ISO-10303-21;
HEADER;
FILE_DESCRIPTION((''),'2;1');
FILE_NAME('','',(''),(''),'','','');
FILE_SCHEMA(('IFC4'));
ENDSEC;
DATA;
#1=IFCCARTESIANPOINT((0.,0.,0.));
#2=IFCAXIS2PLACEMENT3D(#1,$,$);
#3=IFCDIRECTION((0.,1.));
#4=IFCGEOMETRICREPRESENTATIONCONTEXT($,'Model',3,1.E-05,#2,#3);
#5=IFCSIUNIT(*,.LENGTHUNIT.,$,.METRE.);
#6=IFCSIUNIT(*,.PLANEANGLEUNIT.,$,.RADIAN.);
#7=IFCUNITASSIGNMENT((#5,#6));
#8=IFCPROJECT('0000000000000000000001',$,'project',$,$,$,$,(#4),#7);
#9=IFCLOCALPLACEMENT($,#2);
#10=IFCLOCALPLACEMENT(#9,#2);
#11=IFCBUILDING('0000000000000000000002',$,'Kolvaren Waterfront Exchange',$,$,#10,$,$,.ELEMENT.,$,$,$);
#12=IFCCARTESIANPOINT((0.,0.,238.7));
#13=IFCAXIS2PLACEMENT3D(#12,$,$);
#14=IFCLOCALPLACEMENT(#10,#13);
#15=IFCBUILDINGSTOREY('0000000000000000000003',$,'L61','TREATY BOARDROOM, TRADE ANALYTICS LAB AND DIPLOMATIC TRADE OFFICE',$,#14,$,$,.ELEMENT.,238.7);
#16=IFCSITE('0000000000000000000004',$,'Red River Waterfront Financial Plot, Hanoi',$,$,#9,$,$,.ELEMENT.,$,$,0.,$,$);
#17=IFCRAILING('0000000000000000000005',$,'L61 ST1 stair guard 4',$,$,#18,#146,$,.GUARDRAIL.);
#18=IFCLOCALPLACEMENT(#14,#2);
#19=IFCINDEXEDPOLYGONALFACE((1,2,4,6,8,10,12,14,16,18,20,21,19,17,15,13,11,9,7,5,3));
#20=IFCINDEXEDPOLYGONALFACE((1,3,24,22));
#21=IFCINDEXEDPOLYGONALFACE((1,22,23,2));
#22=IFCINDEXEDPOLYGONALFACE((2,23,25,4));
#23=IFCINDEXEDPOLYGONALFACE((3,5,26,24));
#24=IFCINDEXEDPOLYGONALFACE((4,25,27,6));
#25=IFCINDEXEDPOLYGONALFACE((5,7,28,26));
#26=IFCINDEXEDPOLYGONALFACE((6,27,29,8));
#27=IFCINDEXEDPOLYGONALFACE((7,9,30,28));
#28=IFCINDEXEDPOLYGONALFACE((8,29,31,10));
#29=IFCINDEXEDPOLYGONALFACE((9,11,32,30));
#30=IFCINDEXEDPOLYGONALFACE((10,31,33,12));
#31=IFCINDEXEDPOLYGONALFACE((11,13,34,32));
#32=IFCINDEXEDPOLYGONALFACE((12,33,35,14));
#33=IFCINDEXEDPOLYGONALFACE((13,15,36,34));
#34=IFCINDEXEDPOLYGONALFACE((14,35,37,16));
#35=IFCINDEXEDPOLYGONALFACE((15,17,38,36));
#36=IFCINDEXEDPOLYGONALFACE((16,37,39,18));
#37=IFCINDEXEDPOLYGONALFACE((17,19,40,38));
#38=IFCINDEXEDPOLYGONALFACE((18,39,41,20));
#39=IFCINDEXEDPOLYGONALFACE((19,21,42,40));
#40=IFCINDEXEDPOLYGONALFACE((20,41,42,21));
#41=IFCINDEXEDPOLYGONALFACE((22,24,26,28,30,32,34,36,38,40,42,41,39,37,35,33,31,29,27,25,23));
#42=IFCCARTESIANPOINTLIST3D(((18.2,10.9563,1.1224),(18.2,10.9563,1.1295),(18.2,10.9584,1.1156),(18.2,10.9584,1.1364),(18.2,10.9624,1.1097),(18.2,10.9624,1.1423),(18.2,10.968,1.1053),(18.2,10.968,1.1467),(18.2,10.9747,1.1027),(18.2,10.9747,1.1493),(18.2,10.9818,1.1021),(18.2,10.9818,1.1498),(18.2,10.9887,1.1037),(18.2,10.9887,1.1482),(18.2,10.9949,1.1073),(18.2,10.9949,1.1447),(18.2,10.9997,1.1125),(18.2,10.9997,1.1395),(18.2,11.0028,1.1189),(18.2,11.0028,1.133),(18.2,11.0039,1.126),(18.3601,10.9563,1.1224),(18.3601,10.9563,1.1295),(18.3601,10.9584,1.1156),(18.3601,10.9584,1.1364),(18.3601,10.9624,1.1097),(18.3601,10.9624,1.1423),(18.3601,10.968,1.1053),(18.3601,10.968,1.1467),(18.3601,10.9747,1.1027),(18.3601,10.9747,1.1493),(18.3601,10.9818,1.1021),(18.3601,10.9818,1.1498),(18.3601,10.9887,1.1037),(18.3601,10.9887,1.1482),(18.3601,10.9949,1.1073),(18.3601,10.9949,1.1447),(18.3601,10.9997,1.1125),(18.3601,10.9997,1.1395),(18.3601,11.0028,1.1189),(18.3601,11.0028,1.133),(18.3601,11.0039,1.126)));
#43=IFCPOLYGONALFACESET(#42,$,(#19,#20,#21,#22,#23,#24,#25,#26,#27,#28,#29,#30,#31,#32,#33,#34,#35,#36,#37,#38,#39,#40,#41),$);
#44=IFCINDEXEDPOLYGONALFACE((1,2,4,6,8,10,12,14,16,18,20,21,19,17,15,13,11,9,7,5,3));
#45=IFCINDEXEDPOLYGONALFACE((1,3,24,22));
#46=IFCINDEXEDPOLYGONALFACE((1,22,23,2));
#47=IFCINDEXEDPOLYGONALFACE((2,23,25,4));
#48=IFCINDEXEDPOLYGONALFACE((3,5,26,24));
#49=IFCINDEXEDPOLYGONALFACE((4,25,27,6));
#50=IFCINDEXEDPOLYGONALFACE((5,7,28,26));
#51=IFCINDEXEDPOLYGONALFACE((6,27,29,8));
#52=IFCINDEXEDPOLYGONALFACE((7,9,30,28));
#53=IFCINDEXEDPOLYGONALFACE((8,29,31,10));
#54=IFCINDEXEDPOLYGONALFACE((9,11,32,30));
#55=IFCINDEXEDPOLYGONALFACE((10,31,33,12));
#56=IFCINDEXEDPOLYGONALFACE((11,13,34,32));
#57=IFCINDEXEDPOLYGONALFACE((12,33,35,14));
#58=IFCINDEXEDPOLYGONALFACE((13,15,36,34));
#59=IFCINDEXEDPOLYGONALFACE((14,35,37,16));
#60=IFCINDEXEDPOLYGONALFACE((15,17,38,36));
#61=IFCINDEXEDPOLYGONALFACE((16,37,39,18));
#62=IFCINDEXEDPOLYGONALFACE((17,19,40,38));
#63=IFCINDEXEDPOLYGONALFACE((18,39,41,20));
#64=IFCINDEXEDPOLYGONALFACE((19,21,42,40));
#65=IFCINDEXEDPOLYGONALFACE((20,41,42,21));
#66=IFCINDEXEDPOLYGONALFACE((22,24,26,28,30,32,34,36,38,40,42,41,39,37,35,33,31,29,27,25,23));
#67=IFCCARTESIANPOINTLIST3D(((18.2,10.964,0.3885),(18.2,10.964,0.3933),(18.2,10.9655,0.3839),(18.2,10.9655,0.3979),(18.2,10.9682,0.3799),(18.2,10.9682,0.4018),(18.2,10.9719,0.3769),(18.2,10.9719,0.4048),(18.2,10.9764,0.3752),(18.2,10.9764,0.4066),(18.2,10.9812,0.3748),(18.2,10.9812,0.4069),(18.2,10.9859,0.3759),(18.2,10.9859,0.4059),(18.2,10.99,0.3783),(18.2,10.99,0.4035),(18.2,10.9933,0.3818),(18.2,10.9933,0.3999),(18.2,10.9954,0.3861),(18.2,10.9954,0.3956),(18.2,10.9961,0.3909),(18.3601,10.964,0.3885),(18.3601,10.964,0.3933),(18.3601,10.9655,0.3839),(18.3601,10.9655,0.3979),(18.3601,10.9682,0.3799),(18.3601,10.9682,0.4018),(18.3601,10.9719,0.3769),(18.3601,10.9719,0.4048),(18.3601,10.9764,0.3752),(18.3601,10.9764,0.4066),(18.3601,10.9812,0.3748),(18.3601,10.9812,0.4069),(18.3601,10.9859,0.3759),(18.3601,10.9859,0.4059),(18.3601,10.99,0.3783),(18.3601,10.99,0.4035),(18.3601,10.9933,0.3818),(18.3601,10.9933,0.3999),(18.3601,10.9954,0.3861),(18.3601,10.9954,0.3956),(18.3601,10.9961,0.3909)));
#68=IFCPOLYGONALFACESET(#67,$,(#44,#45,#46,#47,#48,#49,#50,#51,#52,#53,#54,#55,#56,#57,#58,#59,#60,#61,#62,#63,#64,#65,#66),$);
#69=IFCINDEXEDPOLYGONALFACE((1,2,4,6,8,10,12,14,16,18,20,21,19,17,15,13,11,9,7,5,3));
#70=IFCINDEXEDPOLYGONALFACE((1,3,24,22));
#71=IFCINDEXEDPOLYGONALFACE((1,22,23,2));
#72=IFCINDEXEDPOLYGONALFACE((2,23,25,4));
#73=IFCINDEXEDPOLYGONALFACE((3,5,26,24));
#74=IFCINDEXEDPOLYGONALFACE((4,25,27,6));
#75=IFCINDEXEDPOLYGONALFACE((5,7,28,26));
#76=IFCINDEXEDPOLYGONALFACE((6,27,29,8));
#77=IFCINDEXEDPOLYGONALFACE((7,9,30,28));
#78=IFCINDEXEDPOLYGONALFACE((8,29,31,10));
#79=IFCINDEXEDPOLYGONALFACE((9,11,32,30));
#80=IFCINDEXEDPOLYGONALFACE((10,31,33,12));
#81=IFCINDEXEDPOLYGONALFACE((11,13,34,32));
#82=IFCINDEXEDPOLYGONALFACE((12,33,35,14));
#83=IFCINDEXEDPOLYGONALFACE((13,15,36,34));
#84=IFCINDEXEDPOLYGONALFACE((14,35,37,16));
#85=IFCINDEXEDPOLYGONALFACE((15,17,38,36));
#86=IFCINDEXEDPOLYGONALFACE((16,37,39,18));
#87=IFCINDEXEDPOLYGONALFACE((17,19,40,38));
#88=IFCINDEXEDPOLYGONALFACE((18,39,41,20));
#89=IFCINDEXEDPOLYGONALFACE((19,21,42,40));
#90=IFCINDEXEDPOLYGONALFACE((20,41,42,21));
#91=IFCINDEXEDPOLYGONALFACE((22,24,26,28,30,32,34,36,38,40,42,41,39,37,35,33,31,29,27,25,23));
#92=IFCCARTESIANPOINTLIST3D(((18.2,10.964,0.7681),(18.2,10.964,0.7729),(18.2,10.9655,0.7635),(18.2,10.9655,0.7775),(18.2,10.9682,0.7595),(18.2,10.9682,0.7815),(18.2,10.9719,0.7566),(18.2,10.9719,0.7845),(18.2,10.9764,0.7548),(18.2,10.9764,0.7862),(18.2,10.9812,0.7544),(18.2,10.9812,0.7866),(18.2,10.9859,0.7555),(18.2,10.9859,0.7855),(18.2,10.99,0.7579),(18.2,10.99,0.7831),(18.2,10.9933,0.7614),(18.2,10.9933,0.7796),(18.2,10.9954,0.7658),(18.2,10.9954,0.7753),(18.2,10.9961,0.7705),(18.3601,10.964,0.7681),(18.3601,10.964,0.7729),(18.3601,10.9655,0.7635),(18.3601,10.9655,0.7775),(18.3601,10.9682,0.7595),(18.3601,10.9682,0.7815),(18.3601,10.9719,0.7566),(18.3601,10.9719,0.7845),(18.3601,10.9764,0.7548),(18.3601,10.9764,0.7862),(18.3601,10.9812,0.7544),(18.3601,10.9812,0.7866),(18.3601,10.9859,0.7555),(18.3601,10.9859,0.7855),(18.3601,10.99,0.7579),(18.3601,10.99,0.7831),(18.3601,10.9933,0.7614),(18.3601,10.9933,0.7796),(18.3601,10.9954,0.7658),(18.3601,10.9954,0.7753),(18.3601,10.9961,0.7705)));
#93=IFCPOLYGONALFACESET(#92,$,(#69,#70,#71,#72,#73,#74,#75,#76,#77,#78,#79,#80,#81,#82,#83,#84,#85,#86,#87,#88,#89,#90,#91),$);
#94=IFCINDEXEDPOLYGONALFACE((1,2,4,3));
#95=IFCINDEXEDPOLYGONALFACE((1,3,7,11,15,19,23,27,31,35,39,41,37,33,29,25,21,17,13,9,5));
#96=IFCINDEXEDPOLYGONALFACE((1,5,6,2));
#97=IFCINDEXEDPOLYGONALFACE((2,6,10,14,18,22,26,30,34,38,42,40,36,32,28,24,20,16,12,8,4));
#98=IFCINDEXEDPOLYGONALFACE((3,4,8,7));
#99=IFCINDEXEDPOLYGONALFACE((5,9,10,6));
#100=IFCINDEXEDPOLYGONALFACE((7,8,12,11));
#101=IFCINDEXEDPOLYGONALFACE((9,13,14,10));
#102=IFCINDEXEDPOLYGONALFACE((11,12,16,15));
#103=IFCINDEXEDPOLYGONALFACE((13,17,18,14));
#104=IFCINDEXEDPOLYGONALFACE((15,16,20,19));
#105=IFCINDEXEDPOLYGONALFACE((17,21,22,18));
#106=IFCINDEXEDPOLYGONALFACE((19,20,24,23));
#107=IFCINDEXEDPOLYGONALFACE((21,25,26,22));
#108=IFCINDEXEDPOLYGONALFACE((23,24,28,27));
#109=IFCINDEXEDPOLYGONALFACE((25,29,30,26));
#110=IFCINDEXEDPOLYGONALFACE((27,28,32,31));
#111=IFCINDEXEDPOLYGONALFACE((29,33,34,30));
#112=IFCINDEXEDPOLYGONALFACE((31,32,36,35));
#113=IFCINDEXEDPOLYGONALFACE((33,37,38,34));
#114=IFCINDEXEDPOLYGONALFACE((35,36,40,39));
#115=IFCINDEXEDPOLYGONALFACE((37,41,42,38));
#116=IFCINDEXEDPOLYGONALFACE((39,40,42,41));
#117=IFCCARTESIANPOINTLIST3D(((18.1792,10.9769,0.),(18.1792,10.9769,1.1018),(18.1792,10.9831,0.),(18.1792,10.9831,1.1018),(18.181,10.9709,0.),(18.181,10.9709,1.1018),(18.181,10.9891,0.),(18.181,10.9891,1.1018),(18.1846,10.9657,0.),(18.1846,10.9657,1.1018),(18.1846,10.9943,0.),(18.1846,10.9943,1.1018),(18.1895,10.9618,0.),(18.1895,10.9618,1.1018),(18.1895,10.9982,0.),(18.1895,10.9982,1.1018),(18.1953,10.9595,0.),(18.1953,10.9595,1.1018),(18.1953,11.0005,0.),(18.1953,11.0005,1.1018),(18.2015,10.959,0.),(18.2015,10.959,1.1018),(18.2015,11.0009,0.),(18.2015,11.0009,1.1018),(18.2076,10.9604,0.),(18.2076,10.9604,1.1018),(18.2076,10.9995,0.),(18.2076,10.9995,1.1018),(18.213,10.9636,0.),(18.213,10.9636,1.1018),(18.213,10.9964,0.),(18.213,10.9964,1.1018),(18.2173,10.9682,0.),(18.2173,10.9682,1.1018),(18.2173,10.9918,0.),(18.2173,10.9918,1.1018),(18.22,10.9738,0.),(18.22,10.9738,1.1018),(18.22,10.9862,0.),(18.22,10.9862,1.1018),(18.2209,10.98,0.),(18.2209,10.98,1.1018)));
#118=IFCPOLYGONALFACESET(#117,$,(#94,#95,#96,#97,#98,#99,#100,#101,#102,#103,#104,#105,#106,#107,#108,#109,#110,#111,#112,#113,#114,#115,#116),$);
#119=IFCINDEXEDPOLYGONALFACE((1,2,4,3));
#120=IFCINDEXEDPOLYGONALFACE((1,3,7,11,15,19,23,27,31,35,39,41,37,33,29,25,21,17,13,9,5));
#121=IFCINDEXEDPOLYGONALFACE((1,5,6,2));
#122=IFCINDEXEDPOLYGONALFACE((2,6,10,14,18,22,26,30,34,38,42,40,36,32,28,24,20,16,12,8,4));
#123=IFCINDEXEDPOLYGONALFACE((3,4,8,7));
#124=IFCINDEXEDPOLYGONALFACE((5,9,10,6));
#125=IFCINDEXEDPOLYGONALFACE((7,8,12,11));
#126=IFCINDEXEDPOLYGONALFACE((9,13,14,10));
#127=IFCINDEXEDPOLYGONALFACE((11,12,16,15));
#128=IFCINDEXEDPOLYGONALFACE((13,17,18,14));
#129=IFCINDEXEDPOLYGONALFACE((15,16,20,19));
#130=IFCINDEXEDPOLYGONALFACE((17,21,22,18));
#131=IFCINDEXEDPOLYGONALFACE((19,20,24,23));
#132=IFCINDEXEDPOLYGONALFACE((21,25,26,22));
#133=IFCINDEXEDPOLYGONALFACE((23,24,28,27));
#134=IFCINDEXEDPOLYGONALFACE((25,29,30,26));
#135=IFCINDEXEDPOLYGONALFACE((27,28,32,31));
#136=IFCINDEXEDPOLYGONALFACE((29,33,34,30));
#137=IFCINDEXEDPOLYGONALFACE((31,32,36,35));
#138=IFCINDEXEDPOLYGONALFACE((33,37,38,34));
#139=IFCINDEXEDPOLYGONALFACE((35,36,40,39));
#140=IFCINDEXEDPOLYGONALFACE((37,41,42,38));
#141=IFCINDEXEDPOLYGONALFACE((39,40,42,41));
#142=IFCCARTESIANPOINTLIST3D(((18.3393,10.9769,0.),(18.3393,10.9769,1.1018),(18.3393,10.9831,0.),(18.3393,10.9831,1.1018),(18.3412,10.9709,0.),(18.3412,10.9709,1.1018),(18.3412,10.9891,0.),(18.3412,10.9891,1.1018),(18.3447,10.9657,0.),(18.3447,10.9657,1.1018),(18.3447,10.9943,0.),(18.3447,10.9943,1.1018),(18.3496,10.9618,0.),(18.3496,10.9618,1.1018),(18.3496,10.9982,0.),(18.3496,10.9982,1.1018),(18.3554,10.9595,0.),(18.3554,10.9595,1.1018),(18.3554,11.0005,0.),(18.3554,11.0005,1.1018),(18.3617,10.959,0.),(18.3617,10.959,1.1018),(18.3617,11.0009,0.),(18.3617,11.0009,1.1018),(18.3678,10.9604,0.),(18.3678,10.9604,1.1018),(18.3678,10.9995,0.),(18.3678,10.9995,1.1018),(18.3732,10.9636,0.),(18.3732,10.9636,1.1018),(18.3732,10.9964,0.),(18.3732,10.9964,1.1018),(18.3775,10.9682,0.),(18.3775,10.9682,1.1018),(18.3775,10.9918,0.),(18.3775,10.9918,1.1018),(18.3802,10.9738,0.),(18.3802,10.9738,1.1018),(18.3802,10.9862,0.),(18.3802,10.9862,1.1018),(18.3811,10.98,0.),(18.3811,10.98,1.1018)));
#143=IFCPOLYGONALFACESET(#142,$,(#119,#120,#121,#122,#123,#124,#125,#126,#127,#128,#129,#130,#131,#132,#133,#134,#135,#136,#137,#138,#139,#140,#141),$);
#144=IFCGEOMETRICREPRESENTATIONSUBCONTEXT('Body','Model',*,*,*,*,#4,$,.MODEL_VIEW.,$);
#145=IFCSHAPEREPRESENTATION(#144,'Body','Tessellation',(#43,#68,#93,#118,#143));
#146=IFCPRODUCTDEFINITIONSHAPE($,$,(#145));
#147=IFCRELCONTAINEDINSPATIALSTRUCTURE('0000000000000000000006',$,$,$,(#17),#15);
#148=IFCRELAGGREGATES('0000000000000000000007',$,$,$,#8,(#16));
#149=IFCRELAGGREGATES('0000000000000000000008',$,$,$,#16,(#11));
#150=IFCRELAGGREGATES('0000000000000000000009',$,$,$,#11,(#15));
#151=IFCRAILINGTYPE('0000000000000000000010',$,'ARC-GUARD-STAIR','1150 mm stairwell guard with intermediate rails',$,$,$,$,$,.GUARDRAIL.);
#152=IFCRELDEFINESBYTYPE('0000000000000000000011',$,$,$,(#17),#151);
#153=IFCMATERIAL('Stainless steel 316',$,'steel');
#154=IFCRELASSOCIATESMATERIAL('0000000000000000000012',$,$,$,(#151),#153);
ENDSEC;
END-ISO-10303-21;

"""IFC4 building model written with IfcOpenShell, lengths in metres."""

from ifc_helpers import new_model, si_unit, direction, frame, origin, origin_2d, place, context, subcontext, project, spatial, circle, extrude, material, type_object, element, save


model = new_model("IFC4")

# Units and contexts
model_context = context("Model", 3, precision=1e-05, world=origin(), true_north=direction((0.0, 1.0)))
body_context = subcontext(model_context, "Body", "Model", "MODEL_VIEW")
ifc_project = project(units=[si_unit("LENGTHUNIT", "METRE"), si_unit("PLANEANGLEUNIT", "RADIAN")], contexts=[model_context])

# Site, building, storey
site_placement = place(None, origin())
site = spatial("IfcSite", under=ifc_project, at=site_placement, Name="Red River Waterfront Financial Plot, Hanoi", CompositionType="ELEMENT", RefElevation=0.0)
building_placement = place(site_placement, origin())
building = spatial("IfcBuilding", under=site, at=building_placement, Name="Kolvaren Waterfront Exchange", CompositionType="ELEMENT")
storey_placement = place(building_placement, frame((0.0, 0.0, 238.7)))
storey = spatial("IfcBuildingStorey", under=building, at=storey_placement, Name="L61", Description="TREATY BOARDROOM, TRADE ANALYTICS LAB AND DIPLOMATIC TRADE OFFICE", CompositionType="ELEMENT", Elevation=238.7)

# Railing
ifc_material_1 = material(Name="Stainless steel 316", Category="steel")
railing_type_1 = type_object("IfcRailingType", Name="ARC-GUARD-STAIR", Description="1150 mm stairwell guard with intermediate rails", PredefinedType="GUARDRAIL", material=ifc_material_1)
railing_1_placement = place(storey_placement, frame((18.2, 10.98, 0.0)))
element("IfcRailing", 1, at=railing_1_placement, inside=storey, type_object=railing_type_1, Name="L61 ST1 stair guard 4", PredefinedType="GUARDRAIL", context=body_context, shape_type="SweptSolid", body=[
    extrude(circle(Radius=0.0239, at=origin_2d()), frame((0.0, 0.0, 1.126), z_axis=(1.0, 0.0, 0.0), x_axis=(0.0, 1.0, 0.0)), (0.0, 0.0, 1.0), 0.1602),
    extrude(circle(Radius=0.0161, at=origin_2d()), frame((0.0, 0.0, 0.3909), z_axis=(1.0, 0.0, 0.0), x_axis=(0.0, 1.0, 0.0)), (0.0, 0.0, 1.0), 0.1602),
    extrude(circle(Radius=0.0161, at=origin_2d()), frame((0.0, 0.0, 0.7705), z_axis=(1.0, 0.0, 0.0), x_axis=(0.0, 1.0, 0.0)), (0.0, 0.0, 1.0), 0.1602),
    extrude(circle(Radius=0.021, at=origin_2d()), origin(), (0.0, 0.0, 1.0), 1.1018),
    extrude(circle(Radius=0.021, at=origin_2d()), frame((0.1602, 0.0, 0.0)), (0.0, 0.0, 1.0), 1.1018),
])

save(model, "model.ifc")
